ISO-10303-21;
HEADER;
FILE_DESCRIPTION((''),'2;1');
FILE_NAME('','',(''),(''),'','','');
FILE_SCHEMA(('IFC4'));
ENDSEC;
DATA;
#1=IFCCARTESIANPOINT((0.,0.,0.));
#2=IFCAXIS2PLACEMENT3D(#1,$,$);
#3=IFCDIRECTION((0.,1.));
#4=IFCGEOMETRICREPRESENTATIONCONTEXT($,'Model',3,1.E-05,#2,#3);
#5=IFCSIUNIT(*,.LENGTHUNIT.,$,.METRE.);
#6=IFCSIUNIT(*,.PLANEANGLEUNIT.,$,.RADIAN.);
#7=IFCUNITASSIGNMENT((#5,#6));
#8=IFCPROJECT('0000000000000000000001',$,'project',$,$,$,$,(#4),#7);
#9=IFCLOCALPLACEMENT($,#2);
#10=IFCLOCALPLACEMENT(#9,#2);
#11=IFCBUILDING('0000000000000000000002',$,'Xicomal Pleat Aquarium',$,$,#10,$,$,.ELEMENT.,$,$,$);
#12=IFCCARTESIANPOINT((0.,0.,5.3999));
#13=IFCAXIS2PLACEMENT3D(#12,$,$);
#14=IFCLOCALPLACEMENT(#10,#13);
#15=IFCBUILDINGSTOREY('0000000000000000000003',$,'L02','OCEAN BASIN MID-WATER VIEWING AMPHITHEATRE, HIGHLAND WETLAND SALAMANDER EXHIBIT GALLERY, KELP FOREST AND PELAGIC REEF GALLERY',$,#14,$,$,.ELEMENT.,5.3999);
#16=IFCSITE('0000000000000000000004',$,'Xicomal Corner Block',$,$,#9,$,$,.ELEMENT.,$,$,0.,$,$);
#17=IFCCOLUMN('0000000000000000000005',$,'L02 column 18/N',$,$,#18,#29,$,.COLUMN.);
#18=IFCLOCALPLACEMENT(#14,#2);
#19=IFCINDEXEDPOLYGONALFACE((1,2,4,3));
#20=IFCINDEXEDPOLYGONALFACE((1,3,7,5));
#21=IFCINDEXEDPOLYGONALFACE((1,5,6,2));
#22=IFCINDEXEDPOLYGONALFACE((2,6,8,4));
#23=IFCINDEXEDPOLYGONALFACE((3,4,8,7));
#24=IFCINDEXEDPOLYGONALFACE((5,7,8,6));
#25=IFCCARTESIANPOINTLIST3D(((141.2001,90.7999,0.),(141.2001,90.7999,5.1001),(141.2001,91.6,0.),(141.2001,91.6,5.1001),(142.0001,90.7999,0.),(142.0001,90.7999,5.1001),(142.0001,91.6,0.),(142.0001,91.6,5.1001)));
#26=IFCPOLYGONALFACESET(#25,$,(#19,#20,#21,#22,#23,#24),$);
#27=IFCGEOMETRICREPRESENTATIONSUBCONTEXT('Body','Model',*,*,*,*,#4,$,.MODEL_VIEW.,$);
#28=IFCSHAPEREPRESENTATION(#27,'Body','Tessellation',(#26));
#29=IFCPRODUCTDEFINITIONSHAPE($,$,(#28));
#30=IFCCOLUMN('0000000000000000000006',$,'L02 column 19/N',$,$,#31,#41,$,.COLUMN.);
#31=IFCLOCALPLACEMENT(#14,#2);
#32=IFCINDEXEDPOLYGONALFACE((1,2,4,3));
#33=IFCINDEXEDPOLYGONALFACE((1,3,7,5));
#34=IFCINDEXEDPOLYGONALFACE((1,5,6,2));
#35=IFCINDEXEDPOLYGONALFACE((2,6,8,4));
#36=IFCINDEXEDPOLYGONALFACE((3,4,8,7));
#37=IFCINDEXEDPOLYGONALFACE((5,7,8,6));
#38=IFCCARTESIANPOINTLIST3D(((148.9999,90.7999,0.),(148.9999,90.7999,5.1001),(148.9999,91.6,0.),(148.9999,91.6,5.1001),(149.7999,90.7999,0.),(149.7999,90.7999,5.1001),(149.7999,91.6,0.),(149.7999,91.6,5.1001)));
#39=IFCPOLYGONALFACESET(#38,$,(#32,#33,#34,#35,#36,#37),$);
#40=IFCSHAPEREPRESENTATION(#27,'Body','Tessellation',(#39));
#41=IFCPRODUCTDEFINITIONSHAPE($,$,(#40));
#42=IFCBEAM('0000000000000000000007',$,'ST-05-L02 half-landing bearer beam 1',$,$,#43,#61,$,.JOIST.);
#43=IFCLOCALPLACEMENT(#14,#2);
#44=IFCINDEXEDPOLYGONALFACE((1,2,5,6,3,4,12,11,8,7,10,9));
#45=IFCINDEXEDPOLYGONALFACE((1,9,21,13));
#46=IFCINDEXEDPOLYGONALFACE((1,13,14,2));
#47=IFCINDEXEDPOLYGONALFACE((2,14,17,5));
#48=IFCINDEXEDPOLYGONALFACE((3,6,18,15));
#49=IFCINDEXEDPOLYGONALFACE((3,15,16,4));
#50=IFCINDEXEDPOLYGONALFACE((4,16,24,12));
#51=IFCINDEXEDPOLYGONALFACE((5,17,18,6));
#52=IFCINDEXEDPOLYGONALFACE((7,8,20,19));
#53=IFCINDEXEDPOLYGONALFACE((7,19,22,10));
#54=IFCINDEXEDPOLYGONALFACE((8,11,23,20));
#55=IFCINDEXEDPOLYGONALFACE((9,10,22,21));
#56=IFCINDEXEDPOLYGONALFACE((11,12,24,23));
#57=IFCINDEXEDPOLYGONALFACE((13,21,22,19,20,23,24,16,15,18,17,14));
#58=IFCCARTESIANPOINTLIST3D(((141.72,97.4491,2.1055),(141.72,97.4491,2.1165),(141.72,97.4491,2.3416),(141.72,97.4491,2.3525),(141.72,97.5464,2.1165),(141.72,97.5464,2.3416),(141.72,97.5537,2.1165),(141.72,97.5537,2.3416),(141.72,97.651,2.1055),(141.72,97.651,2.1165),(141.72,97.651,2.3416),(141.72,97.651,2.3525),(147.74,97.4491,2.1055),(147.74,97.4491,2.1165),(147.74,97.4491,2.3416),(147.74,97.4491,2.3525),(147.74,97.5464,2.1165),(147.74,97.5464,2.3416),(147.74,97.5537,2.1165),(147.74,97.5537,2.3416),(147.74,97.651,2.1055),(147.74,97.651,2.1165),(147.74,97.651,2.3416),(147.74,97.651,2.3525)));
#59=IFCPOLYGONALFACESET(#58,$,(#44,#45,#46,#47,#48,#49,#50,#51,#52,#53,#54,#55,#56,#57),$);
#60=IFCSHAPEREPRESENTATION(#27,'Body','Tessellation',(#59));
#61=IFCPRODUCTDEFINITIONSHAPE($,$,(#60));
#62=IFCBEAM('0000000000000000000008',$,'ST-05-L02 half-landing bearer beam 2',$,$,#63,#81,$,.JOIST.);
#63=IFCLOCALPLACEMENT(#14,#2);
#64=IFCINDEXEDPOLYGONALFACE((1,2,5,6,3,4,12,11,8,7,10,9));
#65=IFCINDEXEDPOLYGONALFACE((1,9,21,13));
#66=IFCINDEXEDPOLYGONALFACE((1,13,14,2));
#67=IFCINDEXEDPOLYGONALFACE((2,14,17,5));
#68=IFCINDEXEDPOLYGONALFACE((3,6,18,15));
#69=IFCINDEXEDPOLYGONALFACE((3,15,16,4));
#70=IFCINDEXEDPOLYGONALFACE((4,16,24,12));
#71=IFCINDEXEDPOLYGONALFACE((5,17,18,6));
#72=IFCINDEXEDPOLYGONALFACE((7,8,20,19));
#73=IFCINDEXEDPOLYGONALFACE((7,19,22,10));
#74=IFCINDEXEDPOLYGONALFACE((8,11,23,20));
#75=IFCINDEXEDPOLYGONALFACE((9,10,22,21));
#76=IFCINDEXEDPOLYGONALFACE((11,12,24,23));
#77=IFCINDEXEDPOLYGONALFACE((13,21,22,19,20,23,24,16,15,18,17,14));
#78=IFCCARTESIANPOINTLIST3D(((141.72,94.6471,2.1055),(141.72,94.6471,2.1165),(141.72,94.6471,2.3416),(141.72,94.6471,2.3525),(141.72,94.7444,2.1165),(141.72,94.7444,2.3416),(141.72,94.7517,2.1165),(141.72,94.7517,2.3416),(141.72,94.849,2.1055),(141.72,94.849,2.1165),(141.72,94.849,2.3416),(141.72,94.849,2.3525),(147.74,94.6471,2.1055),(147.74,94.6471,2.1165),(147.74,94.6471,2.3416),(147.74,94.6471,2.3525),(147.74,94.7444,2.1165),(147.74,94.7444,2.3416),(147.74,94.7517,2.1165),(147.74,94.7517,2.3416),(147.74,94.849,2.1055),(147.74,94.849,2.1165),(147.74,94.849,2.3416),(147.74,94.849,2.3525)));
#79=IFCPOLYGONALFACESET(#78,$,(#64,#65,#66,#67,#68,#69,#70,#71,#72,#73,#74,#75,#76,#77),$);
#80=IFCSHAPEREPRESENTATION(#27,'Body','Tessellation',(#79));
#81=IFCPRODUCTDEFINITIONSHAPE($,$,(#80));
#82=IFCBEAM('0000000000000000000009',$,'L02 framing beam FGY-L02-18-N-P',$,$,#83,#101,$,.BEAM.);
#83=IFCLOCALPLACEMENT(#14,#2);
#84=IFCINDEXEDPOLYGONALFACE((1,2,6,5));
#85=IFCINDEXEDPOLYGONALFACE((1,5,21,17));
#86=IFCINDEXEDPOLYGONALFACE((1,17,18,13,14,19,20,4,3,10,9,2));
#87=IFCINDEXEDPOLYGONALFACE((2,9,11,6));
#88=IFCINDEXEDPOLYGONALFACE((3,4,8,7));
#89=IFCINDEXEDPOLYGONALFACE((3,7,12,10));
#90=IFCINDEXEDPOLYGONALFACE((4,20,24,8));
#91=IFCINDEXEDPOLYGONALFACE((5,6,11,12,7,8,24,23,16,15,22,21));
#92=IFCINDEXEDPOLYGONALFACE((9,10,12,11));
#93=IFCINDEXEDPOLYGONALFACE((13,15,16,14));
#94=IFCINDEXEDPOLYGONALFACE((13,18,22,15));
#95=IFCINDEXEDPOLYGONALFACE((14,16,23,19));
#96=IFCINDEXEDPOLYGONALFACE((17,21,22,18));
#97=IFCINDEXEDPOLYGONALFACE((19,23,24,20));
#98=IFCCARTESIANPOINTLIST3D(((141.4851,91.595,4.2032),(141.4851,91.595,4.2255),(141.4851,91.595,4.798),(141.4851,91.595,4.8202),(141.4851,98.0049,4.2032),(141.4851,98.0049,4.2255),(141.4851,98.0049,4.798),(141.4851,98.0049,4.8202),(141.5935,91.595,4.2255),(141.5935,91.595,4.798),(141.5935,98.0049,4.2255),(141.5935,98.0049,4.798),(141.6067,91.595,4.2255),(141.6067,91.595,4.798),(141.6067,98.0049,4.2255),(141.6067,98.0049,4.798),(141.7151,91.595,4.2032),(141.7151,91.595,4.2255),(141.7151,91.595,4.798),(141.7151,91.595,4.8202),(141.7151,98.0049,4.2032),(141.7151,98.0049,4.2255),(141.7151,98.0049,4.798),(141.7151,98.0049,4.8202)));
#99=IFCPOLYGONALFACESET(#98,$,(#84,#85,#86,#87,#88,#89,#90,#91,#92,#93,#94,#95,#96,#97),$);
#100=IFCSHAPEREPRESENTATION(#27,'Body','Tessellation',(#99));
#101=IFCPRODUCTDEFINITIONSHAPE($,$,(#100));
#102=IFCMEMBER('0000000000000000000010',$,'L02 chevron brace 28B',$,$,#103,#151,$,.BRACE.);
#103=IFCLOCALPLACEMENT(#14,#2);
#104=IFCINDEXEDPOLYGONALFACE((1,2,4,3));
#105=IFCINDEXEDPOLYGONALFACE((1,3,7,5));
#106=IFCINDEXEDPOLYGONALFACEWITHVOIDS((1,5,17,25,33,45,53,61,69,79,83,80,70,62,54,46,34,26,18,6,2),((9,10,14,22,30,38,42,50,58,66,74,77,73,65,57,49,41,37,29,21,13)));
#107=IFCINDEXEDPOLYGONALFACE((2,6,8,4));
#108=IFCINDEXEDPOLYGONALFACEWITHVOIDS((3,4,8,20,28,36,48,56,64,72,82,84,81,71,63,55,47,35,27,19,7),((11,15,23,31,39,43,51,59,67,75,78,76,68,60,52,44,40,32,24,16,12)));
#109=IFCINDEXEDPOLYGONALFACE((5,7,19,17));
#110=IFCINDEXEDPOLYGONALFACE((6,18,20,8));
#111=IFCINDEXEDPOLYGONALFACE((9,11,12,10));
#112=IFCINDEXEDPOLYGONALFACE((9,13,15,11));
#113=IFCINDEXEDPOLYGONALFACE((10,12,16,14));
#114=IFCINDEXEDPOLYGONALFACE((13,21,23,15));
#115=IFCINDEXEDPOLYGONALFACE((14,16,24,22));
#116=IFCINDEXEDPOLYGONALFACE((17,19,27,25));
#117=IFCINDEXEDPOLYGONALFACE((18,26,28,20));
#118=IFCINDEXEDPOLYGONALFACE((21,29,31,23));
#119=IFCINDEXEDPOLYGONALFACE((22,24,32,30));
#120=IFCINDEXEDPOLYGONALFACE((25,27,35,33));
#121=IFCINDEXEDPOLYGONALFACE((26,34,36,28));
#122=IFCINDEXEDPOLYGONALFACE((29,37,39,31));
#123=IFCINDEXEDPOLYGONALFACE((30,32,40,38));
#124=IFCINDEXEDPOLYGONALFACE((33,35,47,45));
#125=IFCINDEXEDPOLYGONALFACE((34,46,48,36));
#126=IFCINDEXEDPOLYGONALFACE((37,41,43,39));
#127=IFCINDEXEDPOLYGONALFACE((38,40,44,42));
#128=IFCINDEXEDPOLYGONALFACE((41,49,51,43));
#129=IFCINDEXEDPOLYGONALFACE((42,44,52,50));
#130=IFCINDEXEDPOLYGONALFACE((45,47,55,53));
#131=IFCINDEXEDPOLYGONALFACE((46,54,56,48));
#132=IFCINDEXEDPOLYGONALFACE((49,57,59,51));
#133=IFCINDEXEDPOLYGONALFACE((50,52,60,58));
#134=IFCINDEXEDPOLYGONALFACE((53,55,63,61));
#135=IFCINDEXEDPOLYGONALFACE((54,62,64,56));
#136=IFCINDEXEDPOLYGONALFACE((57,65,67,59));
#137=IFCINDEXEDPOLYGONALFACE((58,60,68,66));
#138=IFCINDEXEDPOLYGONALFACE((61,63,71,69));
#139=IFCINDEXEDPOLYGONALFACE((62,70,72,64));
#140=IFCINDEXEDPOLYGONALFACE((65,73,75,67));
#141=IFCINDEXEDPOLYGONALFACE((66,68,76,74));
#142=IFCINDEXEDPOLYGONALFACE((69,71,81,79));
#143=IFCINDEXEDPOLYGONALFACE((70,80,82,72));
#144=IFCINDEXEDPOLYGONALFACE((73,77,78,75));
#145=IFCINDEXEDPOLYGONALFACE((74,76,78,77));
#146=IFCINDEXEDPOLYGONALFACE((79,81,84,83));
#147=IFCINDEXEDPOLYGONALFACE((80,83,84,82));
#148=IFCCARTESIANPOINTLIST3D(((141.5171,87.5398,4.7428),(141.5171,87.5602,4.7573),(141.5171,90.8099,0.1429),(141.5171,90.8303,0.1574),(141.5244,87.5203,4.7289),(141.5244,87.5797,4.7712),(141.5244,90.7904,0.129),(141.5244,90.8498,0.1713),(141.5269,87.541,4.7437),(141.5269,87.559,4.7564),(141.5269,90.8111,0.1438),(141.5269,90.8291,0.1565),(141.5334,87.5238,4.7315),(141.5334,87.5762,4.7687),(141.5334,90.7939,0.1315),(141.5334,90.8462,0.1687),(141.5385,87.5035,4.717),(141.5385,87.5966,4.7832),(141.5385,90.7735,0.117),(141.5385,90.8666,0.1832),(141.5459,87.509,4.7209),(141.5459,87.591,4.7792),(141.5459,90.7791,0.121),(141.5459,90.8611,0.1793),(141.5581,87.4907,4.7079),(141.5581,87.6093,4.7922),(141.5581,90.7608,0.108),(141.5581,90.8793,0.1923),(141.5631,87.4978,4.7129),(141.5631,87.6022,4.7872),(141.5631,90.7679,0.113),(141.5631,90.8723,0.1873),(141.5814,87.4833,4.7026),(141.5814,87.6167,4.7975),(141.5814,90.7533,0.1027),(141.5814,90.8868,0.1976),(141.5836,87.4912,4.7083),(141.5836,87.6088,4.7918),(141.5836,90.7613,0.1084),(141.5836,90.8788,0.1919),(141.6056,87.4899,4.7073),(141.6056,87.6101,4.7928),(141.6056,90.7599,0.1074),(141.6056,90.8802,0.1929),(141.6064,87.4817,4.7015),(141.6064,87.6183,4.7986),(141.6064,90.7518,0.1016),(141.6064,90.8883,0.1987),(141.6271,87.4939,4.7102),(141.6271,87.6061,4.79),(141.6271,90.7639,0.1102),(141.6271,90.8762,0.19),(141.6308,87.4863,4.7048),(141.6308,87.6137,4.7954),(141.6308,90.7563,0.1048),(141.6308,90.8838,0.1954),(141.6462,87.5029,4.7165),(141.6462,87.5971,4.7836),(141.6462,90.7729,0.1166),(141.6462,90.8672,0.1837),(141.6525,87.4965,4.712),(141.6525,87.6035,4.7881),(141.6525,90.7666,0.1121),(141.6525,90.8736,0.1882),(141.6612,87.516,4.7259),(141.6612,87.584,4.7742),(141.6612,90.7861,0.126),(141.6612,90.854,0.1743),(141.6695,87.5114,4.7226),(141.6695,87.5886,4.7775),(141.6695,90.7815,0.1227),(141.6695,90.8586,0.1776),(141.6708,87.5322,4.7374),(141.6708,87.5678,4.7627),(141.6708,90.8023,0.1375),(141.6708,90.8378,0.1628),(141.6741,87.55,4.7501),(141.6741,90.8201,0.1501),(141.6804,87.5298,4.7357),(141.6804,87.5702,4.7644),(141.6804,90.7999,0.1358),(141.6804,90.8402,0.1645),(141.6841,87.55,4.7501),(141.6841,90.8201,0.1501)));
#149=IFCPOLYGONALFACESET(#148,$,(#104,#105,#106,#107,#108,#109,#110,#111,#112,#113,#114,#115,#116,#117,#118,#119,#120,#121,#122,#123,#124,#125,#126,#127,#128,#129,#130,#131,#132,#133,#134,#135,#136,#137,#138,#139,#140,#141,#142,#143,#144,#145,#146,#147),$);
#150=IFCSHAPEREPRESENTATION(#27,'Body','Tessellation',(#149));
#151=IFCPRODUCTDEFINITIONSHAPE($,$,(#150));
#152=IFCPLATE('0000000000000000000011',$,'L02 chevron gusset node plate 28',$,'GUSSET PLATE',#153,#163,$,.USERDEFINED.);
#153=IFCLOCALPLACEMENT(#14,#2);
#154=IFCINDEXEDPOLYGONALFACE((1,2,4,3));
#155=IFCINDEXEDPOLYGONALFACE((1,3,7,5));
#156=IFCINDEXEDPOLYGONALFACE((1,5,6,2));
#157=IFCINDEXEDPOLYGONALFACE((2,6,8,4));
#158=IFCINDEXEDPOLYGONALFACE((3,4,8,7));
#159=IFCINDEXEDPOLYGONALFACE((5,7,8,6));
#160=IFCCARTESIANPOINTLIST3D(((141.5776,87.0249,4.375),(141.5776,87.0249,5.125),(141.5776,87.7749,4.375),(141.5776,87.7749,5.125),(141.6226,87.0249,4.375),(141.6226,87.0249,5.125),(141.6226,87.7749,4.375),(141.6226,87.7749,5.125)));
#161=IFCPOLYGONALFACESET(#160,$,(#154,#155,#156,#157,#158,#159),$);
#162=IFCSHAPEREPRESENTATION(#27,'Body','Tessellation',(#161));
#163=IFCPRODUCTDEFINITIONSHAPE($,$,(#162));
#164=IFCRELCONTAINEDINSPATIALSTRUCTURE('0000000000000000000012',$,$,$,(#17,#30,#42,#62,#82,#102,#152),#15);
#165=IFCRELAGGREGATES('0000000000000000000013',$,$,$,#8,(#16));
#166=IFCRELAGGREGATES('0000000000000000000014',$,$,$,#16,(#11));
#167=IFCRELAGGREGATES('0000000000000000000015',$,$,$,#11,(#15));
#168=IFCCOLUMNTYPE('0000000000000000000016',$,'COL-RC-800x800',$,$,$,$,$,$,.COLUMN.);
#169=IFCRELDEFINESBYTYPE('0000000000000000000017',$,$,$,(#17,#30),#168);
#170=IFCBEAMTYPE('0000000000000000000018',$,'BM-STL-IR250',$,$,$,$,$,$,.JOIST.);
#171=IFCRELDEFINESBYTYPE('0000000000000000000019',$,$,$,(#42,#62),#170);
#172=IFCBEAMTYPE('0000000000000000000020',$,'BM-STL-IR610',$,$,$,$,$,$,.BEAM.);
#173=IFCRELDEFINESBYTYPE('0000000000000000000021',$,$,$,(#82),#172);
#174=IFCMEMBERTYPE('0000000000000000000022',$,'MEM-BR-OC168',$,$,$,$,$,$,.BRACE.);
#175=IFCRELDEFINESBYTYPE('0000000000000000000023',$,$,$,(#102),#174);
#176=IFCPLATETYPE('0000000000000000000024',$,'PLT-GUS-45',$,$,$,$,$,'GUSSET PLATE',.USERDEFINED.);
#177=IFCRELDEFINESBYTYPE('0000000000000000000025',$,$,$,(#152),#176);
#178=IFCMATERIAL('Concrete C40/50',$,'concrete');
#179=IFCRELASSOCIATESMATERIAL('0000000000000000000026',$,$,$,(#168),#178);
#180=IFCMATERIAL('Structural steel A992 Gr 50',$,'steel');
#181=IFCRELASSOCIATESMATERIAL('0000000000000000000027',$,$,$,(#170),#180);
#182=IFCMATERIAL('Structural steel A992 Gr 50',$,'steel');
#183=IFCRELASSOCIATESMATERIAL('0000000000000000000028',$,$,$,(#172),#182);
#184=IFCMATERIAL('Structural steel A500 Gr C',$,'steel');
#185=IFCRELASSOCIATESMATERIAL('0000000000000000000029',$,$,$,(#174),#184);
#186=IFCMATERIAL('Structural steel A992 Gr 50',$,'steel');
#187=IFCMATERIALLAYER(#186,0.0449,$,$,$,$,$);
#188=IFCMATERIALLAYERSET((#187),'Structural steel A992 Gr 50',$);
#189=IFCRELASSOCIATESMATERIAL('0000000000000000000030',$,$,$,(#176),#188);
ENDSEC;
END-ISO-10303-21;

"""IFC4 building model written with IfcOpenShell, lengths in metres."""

from ifc_helpers import new_model, si_unit, direction, frame, origin, origin_2d, place, context, subcontext, project, spatial, rectangle, hollow_circle, i_section, extrude, material, layer, layer_set, material_profile, profile_set, type_object, element, save


model = new_model("IFC4")

# Units and contexts
model_context = context("Model", 3, precision=1e-05, world=origin(), true_north=direction((0.0, 1.0)))
body_context = subcontext(model_context, "Body", "Model", "MODEL_VIEW")
ifc_project = project(units=[si_unit("LENGTHUNIT", "METRE"), si_unit("PLANEANGLEUNIT", "RADIAN")], contexts=[model_context])

# Site, building, storey
site_placement = place(None, origin())
site = spatial("IfcSite", under=ifc_project, at=site_placement, Name="Xicomal Corner Block", CompositionType="ELEMENT", RefElevation=0.0)
building_placement = place(site_placement, origin())
building = spatial("IfcBuilding", under=site, at=building_placement, Name="Xicomal Pleat Aquarium", CompositionType="ELEMENT")
storey_placement = place(building_placement, frame((0.0, 0.0, 5.3999)))
storey = spatial("IfcBuildingStorey", under=building, at=storey_placement, Name="L02", Description="OCEAN BASIN MID-WATER VIEWING AMPHITHEATRE, HIGHLAND WETLAND SALAMANDER EXHIBIT GALLERY, KELP FOREST AND PELAGIC REEF GALLERY", CompositionType="ELEMENT", Elevation=5.3999)

# Columns
ifc_material_1 = material(Name="Concrete C40/50", Category="concrete")
ifc_material_profile_1 = material_profile(ifc_material_1, rectangle(XDim=0.8, YDim=0.8, at=origin_2d()), Name="RC 800x800")
ifc_profile_set_1 = profile_set([ifc_material_profile_1], Name="Concrete C40/50")
column_type = type_object("IfcColumnType", Name="COL-RC-800x800", PredefinedType="COLUMN", material=ifc_profile_set_1)
for number, where, z_axis, x_axis, name in (
    (1, (141.6001, 91.2, 0.0), (0.0, 0.0, 1.0), (1.0, 0.0, 0.0), "L02 column 18/N"),
    (2, (149.3999, 91.2, 0.0), (0.0, 0.0, 1.0), (1.0, 0.0, 0.0), "L02 column 19/N"),
):
    element("IfcColumn", number, at=place(storey_placement, frame(where, z_axis=z_axis, x_axis=x_axis)), inside=storey, type_object=column_type, Name=name, PredefinedType="COLUMN", context=body_context, shape_type="SweptSolid", body=[
        extrude(rectangle(XDim=0.8, YDim=0.8, at=origin_2d()), origin(), (0.0, 0.0, 1.0), 5.1001),
    ])

# Beams
ifc_material_2 = material(Name="Structural steel A992 Gr 50", Category="steel")
ifc_material_profile_2 = material_profile(ifc_material_2, i_section(OverallWidth=0.2019, OverallDepth=0.2471, WebThickness=0.0073, FlangeThickness=0.011, at=origin_2d()), Name="IR 250x49")
ifc_profile_set_2 = profile_set([ifc_material_profile_2], Name="Structural steel A992 Gr 50")
beam_type_1 = type_object("IfcBeamType", Name="BM-STL-IR250", PredefinedType="JOIST", material=ifc_profile_set_2)
for number, where, z_axis, x_axis, name in (
    (3, (141.72, 97.55, 2.229), (1.0, 0.0, 0.0), (0.0, 1.0, 0.0), "ST-05-L02 half-landing bearer beam 1"),
    (4, (141.72, 94.748, 2.229), (1.0, 0.0, 0.0), (0.0, 1.0, 0.0), "ST-05-L02 half-landing bearer beam 2"),
):
    element("IfcBeam", number, at=place(storey_placement, frame(where, z_axis=z_axis, x_axis=x_axis)), inside=storey, type_object=beam_type_1, Name=name, PredefinedType="JOIST", context=body_context, shape_type="SweptSolid", body=[
        extrude(i_section(OverallWidth=0.2019, OverallDepth=0.2471, WebThickness=0.0073, FlangeThickness=0.011, at=origin_2d()), origin(), (0.0, 0.0, 1.0), 6.02),
    ])
ifc_material_3 = material(Name="Structural steel A992 Gr 50", Category="steel")
ifc_material_profile_3 = material_profile(ifc_material_3, i_section(OverallWidth=0.23, OverallDepth=0.6169, WebThickness=0.0132, FlangeThickness=0.0222, at=origin_2d()), Name="IR 610x140")
ifc_profile_set_3 = profile_set([ifc_material_profile_3], Name="Structural steel A992 Gr 50")
beam_type_2 = type_object("IfcBeamType", Name="BM-STL-IR610", PredefinedType="BEAM", material=ifc_profile_set_3)
beam_placement = place(storey_placement, frame((141.6001, 91.595, 4.5117), z_axis=(0.0, 1.0, 0.0), x_axis=(-1.0, 0.0, 0.0)))
element("IfcBeam", 5, at=beam_placement, inside=storey, type_object=beam_type_2, Name="L02 framing beam FGY-L02-18-N-P", PredefinedType="BEAM", context=body_context, shape_type="SweptSolid", body=[
    extrude(i_section(OverallWidth=0.23, OverallDepth=0.6169, WebThickness=0.0132, FlangeThickness=0.0222, at=origin_2d()), origin(), (0.0, 0.0, 1.0), 6.4099),
])

# Member
ifc_material_4 = material(Name="Structural steel A500 Gr C", Category="steel")
ifc_material_profile_4 = material_profile(ifc_material_4, hollow_circle(Radius=0.084, WallThickness=0.01, at=origin_2d()), Name="OC 168x10")
ifc_profile_set_4 = profile_set([ifc_material_profile_4], Name="Structural steel A500 Gr C")
member_type = type_object("IfcMemberType", Name="MEM-BR-OC168", PredefinedType="BRACE", material=ifc_profile_set_4)
member_placement = place(storey_placement, frame((141.6001, 90.8201, 0.1501), z_axis=(0.0, -0.579408, 0.815038), x_axis=(1.0, 0.0, 0.0)))
element("IfcMember", 6, at=member_placement, inside=storey, type_object=member_type, Name="L02 chevron brace 28B", PredefinedType="BRACE", context=body_context, shape_type="SweptSolid", body=[
    extrude(hollow_circle(Radius=0.084, WallThickness=0.01, at=origin_2d()), origin(), (0.0, 0.0, 1.0), 5.6438),
])

# Plate
ifc_material_5 = material(Name="Structural steel A992 Gr 50", Category="steel")
ifc_layer_1 = layer(ifc_material_5, 0.0449)
ifc_layer_set_1 = layer_set([ifc_layer_1], Name="Structural steel A992 Gr 50")
plate_type = type_object("IfcPlateType", Name="PLT-GUS-45", ElementType="GUSSET PLATE", PredefinedType="USERDEFINED", material=ifc_layer_set_1)
plate_placement = place(storey_placement, frame((141.6001, 87.3999, 4.375), z_axis=(0.0, 0.0, 1.0), x_axis=(0.0, 1.0, 0.0)))
element("IfcPlate", 7, at=plate_placement, inside=storey, type_object=plate_type, Name="L02 chevron gusset node plate 28", ObjectType="GUSSET PLATE", PredefinedType="USERDEFINED", context=body_context, shape_type="SweptSolid", body=[
    extrude(rectangle(XDim=0.75, YDim=0.0449, at=origin_2d()), origin(), (0.0, 0.0, 1.0), 0.75),
])

save(model, "model.ifc")
